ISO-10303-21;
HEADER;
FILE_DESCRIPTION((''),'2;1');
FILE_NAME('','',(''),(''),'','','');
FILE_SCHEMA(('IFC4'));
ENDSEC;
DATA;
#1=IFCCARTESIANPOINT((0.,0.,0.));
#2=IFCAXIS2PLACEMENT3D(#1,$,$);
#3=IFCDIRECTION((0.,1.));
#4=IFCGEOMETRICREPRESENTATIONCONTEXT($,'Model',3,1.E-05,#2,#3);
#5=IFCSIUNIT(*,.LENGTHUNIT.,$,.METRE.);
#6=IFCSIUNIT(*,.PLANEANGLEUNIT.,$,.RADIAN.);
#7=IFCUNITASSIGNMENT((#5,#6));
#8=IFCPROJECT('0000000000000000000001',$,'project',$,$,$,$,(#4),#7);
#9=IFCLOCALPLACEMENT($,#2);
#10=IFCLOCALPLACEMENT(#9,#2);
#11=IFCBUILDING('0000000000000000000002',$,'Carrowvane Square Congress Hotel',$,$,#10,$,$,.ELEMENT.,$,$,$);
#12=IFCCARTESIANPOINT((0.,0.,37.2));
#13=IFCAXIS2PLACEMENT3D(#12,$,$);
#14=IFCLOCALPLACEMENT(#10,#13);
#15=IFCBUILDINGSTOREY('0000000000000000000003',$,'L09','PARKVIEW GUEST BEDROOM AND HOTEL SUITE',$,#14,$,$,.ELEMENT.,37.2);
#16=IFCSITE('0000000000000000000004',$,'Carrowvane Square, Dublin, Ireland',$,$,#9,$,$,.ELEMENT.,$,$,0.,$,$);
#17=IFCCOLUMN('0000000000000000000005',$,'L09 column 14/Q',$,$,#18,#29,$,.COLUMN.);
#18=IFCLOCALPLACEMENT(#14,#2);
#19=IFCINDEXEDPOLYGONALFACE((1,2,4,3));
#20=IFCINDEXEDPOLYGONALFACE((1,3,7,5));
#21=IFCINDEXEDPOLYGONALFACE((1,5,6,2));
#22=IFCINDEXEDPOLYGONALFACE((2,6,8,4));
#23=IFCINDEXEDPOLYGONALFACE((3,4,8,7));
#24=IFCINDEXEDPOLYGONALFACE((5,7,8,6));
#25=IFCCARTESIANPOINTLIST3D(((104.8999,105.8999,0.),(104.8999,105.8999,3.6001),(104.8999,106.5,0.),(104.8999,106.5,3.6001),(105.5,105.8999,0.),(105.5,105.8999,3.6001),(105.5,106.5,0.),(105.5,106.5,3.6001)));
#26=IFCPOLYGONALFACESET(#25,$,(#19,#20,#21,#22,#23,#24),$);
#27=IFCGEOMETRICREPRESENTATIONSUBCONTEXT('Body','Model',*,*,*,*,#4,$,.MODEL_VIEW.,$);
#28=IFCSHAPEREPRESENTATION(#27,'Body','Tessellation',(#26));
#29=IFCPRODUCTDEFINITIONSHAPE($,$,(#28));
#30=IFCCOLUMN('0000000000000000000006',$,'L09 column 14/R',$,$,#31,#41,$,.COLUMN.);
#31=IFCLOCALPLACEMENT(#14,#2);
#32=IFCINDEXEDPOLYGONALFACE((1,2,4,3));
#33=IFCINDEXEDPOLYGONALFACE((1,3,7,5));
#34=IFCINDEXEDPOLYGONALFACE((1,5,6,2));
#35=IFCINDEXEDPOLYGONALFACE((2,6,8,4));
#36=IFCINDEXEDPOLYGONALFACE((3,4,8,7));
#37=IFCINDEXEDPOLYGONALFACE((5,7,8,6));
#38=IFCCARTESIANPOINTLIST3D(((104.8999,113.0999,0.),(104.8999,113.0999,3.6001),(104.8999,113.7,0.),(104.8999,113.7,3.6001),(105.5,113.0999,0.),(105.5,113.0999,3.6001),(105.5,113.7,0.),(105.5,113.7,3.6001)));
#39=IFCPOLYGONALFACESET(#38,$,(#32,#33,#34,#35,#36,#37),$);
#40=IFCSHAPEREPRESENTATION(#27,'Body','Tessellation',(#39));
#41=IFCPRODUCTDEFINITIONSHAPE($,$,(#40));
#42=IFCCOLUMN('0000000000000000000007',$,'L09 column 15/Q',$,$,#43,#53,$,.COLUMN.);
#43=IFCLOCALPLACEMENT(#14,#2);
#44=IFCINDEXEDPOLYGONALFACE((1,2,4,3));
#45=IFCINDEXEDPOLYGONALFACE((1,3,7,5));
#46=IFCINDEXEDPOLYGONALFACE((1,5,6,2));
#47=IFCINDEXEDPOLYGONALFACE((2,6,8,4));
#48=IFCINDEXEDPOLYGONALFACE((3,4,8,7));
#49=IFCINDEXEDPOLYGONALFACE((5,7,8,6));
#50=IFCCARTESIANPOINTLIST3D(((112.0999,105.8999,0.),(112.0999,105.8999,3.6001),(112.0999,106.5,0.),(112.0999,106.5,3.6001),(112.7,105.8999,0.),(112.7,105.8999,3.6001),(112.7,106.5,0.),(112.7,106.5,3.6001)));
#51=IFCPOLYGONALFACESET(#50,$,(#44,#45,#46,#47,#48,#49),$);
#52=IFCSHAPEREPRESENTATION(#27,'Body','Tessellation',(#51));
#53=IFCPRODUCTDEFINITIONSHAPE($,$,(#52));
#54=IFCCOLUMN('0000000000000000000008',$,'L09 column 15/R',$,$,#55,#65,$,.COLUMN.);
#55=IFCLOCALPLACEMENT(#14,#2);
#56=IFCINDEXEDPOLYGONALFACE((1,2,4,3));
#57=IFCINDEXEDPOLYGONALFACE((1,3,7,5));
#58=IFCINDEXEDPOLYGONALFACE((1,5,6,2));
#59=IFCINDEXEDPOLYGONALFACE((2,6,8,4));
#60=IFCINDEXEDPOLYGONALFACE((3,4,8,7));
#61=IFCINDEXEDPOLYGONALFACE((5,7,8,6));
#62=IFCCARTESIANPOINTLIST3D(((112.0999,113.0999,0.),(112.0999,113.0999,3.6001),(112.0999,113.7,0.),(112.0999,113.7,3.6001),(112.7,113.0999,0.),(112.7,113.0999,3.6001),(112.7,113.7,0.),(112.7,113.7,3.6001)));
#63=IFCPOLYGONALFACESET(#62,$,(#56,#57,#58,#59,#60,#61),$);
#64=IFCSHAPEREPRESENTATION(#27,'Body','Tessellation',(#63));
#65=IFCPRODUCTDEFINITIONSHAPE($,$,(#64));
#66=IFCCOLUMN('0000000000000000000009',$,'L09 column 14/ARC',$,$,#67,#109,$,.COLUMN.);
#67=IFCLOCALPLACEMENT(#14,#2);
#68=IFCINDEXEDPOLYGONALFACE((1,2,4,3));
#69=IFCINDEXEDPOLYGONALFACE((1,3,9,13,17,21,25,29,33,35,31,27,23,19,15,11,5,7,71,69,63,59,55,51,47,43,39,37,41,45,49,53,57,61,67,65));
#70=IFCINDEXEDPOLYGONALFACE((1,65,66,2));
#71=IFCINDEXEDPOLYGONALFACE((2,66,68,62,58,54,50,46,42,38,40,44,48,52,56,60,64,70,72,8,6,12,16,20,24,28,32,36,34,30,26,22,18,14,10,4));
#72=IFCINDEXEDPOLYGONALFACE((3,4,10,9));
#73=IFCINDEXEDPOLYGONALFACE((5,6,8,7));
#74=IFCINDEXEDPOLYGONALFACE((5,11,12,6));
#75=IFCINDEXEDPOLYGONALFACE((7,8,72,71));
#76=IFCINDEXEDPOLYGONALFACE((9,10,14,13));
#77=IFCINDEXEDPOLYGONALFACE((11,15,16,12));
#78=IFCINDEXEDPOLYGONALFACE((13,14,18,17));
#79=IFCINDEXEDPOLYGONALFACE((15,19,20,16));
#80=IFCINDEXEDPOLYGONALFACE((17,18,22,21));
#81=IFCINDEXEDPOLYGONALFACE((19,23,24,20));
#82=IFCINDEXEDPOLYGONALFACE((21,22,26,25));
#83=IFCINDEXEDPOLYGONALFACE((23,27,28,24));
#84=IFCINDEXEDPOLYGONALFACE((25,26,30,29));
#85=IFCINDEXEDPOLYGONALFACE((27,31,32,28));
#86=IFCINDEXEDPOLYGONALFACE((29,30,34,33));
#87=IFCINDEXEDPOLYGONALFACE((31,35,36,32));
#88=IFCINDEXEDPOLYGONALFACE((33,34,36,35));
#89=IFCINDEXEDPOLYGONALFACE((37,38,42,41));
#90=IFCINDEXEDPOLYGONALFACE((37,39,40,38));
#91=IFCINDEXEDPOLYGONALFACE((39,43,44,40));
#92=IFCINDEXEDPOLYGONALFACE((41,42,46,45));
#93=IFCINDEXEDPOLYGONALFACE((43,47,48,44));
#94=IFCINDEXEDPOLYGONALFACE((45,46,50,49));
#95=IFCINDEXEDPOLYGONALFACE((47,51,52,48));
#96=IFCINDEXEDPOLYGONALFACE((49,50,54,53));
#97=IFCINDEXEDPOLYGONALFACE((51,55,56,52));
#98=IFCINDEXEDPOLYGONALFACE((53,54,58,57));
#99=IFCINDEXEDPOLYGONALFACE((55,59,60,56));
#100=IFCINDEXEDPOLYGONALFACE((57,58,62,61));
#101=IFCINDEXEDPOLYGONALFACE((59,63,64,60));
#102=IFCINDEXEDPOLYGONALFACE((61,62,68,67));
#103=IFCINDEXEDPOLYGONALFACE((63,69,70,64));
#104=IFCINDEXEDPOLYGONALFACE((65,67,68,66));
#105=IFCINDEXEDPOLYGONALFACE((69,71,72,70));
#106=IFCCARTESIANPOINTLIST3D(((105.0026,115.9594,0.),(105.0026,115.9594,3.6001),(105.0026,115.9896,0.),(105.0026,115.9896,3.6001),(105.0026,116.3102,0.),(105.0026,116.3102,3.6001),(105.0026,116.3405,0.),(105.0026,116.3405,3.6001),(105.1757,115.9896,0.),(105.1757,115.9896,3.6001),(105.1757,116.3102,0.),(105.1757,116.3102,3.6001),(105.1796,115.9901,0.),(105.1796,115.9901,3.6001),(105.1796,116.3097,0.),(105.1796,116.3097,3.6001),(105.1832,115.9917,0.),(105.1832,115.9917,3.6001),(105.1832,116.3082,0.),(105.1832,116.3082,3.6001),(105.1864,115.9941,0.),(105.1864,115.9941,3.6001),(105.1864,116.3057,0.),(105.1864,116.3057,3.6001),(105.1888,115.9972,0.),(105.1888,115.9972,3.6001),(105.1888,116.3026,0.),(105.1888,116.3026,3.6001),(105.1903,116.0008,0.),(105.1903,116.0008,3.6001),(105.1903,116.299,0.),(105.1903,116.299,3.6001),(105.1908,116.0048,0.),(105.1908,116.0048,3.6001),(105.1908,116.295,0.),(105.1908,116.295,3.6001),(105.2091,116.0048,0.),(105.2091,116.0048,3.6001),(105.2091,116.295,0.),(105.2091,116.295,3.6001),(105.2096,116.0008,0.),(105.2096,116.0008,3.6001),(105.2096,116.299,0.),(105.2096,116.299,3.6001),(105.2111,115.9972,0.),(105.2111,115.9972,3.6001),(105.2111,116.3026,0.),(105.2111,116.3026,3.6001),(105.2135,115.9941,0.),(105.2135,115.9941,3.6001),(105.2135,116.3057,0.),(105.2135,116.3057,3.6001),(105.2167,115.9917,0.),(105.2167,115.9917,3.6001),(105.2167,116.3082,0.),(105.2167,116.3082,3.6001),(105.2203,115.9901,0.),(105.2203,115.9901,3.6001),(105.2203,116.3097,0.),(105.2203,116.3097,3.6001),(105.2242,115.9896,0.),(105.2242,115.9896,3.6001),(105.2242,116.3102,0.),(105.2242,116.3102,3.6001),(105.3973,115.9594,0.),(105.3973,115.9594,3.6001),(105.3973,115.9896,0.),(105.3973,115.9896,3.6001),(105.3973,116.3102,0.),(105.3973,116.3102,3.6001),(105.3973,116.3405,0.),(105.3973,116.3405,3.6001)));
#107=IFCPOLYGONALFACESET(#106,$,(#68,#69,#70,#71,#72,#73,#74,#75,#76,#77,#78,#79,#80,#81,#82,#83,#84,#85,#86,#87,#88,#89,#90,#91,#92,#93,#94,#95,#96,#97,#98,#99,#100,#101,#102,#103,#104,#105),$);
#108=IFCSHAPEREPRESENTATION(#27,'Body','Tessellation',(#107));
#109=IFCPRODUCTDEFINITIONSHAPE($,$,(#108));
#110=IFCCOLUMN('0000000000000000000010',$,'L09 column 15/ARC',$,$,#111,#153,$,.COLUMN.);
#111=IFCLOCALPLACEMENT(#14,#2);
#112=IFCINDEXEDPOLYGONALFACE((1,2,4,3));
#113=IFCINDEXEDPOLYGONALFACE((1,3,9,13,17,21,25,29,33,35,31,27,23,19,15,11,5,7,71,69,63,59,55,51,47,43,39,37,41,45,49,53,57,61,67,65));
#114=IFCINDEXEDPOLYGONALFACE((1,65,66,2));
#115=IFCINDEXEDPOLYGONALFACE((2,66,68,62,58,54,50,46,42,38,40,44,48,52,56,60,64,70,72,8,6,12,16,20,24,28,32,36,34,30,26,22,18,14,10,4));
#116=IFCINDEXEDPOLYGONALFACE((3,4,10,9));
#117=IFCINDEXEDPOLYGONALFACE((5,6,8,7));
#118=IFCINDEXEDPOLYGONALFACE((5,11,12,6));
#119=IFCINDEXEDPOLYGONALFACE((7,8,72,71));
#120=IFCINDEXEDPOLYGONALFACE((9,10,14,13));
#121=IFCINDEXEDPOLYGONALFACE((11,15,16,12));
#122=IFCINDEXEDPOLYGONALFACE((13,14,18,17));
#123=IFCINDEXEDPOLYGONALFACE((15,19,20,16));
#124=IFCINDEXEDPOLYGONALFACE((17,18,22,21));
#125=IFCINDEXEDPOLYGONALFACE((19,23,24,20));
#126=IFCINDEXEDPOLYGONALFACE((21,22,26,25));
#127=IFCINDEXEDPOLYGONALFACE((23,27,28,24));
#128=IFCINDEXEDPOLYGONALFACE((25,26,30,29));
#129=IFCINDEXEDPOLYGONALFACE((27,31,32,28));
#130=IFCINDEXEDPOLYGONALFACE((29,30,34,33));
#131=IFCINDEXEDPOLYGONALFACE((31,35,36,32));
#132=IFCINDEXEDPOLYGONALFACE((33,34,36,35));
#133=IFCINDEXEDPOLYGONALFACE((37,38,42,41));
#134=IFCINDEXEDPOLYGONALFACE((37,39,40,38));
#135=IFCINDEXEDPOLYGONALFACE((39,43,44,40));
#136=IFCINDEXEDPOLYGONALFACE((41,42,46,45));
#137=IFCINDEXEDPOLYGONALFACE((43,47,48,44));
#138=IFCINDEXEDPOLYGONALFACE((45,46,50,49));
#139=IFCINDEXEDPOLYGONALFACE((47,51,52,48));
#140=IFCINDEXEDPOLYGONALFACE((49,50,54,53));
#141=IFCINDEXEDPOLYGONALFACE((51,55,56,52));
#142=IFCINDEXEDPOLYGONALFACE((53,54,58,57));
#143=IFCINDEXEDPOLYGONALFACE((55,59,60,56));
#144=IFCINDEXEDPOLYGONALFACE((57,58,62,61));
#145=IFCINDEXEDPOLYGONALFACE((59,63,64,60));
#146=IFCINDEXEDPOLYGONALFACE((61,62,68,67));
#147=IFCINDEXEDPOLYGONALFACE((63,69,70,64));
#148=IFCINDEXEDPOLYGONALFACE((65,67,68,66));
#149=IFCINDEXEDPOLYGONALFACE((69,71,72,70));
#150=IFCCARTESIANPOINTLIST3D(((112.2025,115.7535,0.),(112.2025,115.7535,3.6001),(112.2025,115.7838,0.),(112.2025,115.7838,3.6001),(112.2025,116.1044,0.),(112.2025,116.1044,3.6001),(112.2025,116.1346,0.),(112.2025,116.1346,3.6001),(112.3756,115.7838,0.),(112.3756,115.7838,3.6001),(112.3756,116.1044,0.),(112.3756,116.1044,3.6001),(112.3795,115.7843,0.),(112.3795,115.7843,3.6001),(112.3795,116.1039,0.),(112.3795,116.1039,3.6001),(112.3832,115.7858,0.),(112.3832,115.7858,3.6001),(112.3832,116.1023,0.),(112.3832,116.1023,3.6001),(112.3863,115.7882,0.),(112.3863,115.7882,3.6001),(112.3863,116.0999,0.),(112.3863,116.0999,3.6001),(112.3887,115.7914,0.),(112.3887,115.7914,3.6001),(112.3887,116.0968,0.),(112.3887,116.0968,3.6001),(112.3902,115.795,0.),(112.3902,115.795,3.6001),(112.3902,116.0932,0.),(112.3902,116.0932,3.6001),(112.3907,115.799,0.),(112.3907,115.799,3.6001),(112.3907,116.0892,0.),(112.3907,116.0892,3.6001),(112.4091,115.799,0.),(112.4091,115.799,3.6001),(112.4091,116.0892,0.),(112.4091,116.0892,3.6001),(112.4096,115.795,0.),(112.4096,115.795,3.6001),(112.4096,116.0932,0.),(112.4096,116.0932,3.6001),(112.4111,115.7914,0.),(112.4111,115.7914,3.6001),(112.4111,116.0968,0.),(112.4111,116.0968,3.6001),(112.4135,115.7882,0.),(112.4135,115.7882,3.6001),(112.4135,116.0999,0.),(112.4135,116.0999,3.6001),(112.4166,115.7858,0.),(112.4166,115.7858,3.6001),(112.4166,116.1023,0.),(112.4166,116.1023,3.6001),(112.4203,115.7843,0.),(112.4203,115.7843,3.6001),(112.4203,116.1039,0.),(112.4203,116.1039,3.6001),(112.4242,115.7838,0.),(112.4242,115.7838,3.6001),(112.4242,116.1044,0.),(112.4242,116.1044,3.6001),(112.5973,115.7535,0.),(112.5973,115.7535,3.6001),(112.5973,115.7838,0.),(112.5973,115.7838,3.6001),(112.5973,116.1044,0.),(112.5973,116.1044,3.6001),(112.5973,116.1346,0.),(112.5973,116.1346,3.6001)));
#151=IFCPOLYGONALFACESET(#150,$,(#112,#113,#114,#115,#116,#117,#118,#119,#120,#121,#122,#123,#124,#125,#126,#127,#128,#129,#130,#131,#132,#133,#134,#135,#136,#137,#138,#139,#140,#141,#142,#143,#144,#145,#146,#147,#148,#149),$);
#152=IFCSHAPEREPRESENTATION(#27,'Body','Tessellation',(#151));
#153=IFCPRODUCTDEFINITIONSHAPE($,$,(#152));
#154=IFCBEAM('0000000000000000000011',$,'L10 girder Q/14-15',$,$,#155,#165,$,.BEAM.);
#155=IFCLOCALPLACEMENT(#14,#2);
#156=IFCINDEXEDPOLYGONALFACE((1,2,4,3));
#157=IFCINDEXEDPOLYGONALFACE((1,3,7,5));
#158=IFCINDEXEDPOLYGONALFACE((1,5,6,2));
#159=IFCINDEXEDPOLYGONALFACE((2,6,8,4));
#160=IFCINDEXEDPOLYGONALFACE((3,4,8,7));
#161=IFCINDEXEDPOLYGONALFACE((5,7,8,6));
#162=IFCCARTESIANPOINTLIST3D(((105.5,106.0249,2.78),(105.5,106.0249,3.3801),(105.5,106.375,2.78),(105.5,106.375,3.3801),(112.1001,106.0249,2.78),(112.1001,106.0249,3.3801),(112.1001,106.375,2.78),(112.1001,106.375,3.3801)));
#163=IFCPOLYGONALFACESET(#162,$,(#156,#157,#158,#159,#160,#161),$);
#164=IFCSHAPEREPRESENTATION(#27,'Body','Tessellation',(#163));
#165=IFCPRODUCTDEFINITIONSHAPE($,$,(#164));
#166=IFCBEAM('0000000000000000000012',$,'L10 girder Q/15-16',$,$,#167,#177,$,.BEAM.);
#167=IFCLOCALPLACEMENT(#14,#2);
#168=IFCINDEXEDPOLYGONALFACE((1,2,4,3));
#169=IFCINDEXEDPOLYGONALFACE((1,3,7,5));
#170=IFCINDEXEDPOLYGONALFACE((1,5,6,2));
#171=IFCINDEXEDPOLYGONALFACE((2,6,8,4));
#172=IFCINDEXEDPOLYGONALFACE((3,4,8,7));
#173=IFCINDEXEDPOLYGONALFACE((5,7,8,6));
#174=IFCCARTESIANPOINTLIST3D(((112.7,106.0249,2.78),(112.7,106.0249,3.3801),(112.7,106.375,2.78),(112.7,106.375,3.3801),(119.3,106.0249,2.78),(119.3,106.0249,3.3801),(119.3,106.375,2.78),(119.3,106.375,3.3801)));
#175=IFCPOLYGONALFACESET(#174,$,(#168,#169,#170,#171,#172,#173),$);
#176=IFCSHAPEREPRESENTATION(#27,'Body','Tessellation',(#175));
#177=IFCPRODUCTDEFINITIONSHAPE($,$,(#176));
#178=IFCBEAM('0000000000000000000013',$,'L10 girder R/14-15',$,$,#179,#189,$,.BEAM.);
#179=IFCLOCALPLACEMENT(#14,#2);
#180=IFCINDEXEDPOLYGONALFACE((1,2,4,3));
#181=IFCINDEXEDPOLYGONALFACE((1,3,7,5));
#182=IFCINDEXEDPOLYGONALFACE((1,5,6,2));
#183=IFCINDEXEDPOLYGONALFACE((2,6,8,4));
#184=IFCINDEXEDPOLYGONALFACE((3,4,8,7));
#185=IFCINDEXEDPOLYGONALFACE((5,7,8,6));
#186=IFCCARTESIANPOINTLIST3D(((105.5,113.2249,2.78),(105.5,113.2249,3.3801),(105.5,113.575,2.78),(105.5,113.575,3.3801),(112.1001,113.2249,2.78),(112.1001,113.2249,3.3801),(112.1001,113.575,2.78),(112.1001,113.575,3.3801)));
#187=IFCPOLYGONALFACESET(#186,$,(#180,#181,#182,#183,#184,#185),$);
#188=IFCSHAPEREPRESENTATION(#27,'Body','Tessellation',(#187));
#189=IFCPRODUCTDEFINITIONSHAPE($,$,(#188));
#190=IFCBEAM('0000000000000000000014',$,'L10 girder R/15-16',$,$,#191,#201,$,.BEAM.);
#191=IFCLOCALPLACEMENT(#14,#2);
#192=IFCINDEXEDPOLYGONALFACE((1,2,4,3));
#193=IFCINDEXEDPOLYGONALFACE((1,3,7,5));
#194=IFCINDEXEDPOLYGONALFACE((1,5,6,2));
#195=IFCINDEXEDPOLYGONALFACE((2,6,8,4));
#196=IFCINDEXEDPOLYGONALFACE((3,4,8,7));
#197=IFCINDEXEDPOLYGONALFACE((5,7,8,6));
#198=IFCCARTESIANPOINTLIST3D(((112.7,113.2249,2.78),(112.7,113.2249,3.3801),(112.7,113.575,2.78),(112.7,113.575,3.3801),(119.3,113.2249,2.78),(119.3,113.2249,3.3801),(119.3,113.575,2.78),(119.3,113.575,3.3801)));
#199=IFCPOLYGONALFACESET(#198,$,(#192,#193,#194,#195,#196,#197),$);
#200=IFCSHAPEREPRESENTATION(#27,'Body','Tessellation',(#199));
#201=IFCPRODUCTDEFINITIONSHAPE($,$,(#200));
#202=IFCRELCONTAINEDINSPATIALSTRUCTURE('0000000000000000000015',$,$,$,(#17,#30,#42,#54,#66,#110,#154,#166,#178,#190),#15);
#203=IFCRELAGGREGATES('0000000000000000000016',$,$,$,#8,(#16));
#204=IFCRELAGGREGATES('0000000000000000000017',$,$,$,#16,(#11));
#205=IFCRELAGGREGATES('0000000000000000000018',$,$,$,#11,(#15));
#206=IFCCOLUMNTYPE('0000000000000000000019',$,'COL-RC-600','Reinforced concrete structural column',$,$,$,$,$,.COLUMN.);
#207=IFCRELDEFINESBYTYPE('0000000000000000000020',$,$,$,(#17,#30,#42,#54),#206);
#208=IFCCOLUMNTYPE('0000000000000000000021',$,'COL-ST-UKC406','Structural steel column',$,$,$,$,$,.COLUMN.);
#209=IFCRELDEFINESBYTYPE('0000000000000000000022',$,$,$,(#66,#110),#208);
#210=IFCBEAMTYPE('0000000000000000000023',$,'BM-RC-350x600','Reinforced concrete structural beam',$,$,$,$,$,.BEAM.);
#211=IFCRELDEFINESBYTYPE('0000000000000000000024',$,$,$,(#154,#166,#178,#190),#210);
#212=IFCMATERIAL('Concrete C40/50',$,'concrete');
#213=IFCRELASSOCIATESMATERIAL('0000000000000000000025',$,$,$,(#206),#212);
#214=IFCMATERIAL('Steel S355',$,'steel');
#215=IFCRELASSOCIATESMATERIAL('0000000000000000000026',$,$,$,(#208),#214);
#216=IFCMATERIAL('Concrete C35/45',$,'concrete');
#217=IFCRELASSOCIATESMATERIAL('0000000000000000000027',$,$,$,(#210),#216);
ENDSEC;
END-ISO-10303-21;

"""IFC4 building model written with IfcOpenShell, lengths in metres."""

from ifc_helpers import new_model, si_unit, direction, frame, origin, origin_2d, place, context, subcontext, project, spatial, rectangle, i_section, extrude, material, material_profile, profile_set, type_object, element, save


model = new_model("IFC4")

# Units and contexts
model_context = context("Model", 3, precision=1e-05, world=origin(), true_north=direction((0.0, 1.0)))
body_context = subcontext(model_context, "Body", "Model", "MODEL_VIEW")
ifc_project = project(units=[si_unit("LENGTHUNIT", "METRE"), si_unit("PLANEANGLEUNIT", "RADIAN")], contexts=[model_context])

# Site, building, storey
site_placement = place(None, origin())
site = spatial("IfcSite", under=ifc_project, at=site_placement, Name="Carrowvane Square, Dublin, Ireland", CompositionType="ELEMENT", RefElevation=0.0)
building_placement = place(site_placement, origin())
building = spatial("IfcBuilding", under=site, at=building_placement, Name="Carrowvane Square Congress Hotel", CompositionType="ELEMENT")
storey_placement = place(building_placement, frame((0.0, 0.0, 37.2)))
storey = spatial("IfcBuildingStorey", under=building, at=storey_placement, Name="L09", Description="PARKVIEW GUEST BEDROOM AND HOTEL SUITE", CompositionType="ELEMENT", Elevation=37.2)

# Columns
ifc_material_1 = material(Name="Concrete C40/50", Category="concrete")
ifc_material_profile_1 = material_profile(ifc_material_1, rectangle(XDim=0.6001, YDim=0.6001, at=origin_2d()), Name="RC 600x600")
ifc_profile_set_1 = profile_set([ifc_material_profile_1], Name="Concrete C40/50")
column_type_1 = type_object("IfcColumnType", Name="COL-RC-600", Description="Reinforced concrete structural column", PredefinedType="COLUMN", material=ifc_profile_set_1)
for number, where, z_axis, x_axis, name in (
    (1, (105.2, 106.2, 0.0), (0.0, 0.0, 1.0), (1.0, 0.0, 0.0), "L09 column 14/Q"),
    (2, (105.2, 113.3999, 0.0), (0.0, 0.0, 1.0), (1.0, 0.0, 0.0), "L09 column 14/R"),
    (3, (112.3999, 106.2, 0.0), (0.0, 0.0, 1.0), (1.0, 0.0, 0.0), "L09 column 15/Q"),
    (4, (112.3999, 113.3999, 0.0), (0.0, 0.0, 1.0), (1.0, 0.0, 0.0), "L09 column 15/R"),
):
    element("IfcColumn", number, at=place(storey_placement, frame(where, z_axis=z_axis, x_axis=x_axis)), inside=storey, type_object=column_type_1, Name=name, PredefinedType="COLUMN", context=body_context, shape_type="SweptSolid", body=[
        extrude(rectangle(XDim=0.6001, YDim=0.6001, at=origin_2d()), origin(), (0.0, 0.0, 1.0), 3.6001),
    ])
ifc_material_2 = material(Name="Steel S355", Category="steel")
ifc_material_profile_2 = material_profile(ifc_material_2, i_section(OverallWidth=0.3948, OverallDepth=0.3811, WebThickness=0.0183, FlangeThickness=0.0303, FilletRadius=0.0151, at=origin_2d()), Name="UKC 356x406x235")
ifc_profile_set_2 = profile_set([ifc_material_profile_2], Name="Steel S355")
column_type_2 = type_object("IfcColumnType", Name="COL-ST-UKC406", Description="Structural steel column", PredefinedType="COLUMN", material=ifc_profile_set_2)
for number, where, z_axis, x_axis, name in (
    (5, (105.2, 116.1499, 0.0), (0.0, 0.0, 1.0), (1.0, 0.0, 0.0), "L09 column 14/ARC"),
    (6, (112.3999, 115.9441, 0.0), (0.0, 0.0, 1.0), (1.0, 0.0, 0.0), "L09 column 15/ARC"),
):
    element("IfcColumn", number, at=place(storey_placement, frame(where, z_axis=z_axis, x_axis=x_axis)), inside=storey, type_object=column_type_2, Name=name, PredefinedType="COLUMN", context=body_context, shape_type="SweptSolid", body=[
        extrude(i_section(OverallWidth=0.3948, OverallDepth=0.3811, WebThickness=0.0183, FlangeThickness=0.0303, FilletRadius=0.0151, at=origin_2d()), origin(), (0.0, 0.0, 1.0), 3.6001),
    ])

# Beams
ifc_material_3 = material(Name="Concrete C35/45", Category="concrete")
ifc_material_profile_3 = material_profile(ifc_material_3, rectangle(XDim=0.3501, YDim=0.6001, at=origin_2d()), Name="RC 350x600")
ifc_profile_set_3 = profile_set([ifc_material_profile_3], Name="Concrete C35/45")
beam_type_1 = type_object("IfcBeamType", Name="BM-RC-350x600", Description="Reinforced concrete structural beam", PredefinedType="BEAM", material=ifc_profile_set_3)
for number, where, z_axis, x_axis, name in (
    (7, (105.5, 106.2, 3.0801), (1.0, 0.0, 0.0), (0.0, 1.0, 0.0), "L10 girder Q/14-15"),
    (8, (112.7, 106.2, 3.0801), (1.0, 0.0, 0.0), (0.0, 1.0, 0.0), "L10 girder Q/15-16"),
    (9, (105.5, 113.3999, 3.0801), (1.0, 0.0, 0.0), (0.0, 1.0, 0.0), "L10 girder R/14-15"),
    (10, (112.7, 113.3999, 3.0801), (1.0, 0.0, 0.0), (0.0, 1.0, 0.0), "L10 girder R/15-16"),
):
    element("IfcBeam", number, at=place(storey_placement, frame(where, z_axis=z_axis, x_axis=x_axis)), inside=storey, type_object=beam_type_1, Name=name, PredefinedType="BEAM", context=body_context, shape_type="SweptSolid", body=[
        extrude(rectangle(XDim=0.3501, YDim=0.6001, at=origin_2d()), origin(), (0.0, 0.0, 1.0), 6.6001),
    ])

save(model, "model.ifc")
